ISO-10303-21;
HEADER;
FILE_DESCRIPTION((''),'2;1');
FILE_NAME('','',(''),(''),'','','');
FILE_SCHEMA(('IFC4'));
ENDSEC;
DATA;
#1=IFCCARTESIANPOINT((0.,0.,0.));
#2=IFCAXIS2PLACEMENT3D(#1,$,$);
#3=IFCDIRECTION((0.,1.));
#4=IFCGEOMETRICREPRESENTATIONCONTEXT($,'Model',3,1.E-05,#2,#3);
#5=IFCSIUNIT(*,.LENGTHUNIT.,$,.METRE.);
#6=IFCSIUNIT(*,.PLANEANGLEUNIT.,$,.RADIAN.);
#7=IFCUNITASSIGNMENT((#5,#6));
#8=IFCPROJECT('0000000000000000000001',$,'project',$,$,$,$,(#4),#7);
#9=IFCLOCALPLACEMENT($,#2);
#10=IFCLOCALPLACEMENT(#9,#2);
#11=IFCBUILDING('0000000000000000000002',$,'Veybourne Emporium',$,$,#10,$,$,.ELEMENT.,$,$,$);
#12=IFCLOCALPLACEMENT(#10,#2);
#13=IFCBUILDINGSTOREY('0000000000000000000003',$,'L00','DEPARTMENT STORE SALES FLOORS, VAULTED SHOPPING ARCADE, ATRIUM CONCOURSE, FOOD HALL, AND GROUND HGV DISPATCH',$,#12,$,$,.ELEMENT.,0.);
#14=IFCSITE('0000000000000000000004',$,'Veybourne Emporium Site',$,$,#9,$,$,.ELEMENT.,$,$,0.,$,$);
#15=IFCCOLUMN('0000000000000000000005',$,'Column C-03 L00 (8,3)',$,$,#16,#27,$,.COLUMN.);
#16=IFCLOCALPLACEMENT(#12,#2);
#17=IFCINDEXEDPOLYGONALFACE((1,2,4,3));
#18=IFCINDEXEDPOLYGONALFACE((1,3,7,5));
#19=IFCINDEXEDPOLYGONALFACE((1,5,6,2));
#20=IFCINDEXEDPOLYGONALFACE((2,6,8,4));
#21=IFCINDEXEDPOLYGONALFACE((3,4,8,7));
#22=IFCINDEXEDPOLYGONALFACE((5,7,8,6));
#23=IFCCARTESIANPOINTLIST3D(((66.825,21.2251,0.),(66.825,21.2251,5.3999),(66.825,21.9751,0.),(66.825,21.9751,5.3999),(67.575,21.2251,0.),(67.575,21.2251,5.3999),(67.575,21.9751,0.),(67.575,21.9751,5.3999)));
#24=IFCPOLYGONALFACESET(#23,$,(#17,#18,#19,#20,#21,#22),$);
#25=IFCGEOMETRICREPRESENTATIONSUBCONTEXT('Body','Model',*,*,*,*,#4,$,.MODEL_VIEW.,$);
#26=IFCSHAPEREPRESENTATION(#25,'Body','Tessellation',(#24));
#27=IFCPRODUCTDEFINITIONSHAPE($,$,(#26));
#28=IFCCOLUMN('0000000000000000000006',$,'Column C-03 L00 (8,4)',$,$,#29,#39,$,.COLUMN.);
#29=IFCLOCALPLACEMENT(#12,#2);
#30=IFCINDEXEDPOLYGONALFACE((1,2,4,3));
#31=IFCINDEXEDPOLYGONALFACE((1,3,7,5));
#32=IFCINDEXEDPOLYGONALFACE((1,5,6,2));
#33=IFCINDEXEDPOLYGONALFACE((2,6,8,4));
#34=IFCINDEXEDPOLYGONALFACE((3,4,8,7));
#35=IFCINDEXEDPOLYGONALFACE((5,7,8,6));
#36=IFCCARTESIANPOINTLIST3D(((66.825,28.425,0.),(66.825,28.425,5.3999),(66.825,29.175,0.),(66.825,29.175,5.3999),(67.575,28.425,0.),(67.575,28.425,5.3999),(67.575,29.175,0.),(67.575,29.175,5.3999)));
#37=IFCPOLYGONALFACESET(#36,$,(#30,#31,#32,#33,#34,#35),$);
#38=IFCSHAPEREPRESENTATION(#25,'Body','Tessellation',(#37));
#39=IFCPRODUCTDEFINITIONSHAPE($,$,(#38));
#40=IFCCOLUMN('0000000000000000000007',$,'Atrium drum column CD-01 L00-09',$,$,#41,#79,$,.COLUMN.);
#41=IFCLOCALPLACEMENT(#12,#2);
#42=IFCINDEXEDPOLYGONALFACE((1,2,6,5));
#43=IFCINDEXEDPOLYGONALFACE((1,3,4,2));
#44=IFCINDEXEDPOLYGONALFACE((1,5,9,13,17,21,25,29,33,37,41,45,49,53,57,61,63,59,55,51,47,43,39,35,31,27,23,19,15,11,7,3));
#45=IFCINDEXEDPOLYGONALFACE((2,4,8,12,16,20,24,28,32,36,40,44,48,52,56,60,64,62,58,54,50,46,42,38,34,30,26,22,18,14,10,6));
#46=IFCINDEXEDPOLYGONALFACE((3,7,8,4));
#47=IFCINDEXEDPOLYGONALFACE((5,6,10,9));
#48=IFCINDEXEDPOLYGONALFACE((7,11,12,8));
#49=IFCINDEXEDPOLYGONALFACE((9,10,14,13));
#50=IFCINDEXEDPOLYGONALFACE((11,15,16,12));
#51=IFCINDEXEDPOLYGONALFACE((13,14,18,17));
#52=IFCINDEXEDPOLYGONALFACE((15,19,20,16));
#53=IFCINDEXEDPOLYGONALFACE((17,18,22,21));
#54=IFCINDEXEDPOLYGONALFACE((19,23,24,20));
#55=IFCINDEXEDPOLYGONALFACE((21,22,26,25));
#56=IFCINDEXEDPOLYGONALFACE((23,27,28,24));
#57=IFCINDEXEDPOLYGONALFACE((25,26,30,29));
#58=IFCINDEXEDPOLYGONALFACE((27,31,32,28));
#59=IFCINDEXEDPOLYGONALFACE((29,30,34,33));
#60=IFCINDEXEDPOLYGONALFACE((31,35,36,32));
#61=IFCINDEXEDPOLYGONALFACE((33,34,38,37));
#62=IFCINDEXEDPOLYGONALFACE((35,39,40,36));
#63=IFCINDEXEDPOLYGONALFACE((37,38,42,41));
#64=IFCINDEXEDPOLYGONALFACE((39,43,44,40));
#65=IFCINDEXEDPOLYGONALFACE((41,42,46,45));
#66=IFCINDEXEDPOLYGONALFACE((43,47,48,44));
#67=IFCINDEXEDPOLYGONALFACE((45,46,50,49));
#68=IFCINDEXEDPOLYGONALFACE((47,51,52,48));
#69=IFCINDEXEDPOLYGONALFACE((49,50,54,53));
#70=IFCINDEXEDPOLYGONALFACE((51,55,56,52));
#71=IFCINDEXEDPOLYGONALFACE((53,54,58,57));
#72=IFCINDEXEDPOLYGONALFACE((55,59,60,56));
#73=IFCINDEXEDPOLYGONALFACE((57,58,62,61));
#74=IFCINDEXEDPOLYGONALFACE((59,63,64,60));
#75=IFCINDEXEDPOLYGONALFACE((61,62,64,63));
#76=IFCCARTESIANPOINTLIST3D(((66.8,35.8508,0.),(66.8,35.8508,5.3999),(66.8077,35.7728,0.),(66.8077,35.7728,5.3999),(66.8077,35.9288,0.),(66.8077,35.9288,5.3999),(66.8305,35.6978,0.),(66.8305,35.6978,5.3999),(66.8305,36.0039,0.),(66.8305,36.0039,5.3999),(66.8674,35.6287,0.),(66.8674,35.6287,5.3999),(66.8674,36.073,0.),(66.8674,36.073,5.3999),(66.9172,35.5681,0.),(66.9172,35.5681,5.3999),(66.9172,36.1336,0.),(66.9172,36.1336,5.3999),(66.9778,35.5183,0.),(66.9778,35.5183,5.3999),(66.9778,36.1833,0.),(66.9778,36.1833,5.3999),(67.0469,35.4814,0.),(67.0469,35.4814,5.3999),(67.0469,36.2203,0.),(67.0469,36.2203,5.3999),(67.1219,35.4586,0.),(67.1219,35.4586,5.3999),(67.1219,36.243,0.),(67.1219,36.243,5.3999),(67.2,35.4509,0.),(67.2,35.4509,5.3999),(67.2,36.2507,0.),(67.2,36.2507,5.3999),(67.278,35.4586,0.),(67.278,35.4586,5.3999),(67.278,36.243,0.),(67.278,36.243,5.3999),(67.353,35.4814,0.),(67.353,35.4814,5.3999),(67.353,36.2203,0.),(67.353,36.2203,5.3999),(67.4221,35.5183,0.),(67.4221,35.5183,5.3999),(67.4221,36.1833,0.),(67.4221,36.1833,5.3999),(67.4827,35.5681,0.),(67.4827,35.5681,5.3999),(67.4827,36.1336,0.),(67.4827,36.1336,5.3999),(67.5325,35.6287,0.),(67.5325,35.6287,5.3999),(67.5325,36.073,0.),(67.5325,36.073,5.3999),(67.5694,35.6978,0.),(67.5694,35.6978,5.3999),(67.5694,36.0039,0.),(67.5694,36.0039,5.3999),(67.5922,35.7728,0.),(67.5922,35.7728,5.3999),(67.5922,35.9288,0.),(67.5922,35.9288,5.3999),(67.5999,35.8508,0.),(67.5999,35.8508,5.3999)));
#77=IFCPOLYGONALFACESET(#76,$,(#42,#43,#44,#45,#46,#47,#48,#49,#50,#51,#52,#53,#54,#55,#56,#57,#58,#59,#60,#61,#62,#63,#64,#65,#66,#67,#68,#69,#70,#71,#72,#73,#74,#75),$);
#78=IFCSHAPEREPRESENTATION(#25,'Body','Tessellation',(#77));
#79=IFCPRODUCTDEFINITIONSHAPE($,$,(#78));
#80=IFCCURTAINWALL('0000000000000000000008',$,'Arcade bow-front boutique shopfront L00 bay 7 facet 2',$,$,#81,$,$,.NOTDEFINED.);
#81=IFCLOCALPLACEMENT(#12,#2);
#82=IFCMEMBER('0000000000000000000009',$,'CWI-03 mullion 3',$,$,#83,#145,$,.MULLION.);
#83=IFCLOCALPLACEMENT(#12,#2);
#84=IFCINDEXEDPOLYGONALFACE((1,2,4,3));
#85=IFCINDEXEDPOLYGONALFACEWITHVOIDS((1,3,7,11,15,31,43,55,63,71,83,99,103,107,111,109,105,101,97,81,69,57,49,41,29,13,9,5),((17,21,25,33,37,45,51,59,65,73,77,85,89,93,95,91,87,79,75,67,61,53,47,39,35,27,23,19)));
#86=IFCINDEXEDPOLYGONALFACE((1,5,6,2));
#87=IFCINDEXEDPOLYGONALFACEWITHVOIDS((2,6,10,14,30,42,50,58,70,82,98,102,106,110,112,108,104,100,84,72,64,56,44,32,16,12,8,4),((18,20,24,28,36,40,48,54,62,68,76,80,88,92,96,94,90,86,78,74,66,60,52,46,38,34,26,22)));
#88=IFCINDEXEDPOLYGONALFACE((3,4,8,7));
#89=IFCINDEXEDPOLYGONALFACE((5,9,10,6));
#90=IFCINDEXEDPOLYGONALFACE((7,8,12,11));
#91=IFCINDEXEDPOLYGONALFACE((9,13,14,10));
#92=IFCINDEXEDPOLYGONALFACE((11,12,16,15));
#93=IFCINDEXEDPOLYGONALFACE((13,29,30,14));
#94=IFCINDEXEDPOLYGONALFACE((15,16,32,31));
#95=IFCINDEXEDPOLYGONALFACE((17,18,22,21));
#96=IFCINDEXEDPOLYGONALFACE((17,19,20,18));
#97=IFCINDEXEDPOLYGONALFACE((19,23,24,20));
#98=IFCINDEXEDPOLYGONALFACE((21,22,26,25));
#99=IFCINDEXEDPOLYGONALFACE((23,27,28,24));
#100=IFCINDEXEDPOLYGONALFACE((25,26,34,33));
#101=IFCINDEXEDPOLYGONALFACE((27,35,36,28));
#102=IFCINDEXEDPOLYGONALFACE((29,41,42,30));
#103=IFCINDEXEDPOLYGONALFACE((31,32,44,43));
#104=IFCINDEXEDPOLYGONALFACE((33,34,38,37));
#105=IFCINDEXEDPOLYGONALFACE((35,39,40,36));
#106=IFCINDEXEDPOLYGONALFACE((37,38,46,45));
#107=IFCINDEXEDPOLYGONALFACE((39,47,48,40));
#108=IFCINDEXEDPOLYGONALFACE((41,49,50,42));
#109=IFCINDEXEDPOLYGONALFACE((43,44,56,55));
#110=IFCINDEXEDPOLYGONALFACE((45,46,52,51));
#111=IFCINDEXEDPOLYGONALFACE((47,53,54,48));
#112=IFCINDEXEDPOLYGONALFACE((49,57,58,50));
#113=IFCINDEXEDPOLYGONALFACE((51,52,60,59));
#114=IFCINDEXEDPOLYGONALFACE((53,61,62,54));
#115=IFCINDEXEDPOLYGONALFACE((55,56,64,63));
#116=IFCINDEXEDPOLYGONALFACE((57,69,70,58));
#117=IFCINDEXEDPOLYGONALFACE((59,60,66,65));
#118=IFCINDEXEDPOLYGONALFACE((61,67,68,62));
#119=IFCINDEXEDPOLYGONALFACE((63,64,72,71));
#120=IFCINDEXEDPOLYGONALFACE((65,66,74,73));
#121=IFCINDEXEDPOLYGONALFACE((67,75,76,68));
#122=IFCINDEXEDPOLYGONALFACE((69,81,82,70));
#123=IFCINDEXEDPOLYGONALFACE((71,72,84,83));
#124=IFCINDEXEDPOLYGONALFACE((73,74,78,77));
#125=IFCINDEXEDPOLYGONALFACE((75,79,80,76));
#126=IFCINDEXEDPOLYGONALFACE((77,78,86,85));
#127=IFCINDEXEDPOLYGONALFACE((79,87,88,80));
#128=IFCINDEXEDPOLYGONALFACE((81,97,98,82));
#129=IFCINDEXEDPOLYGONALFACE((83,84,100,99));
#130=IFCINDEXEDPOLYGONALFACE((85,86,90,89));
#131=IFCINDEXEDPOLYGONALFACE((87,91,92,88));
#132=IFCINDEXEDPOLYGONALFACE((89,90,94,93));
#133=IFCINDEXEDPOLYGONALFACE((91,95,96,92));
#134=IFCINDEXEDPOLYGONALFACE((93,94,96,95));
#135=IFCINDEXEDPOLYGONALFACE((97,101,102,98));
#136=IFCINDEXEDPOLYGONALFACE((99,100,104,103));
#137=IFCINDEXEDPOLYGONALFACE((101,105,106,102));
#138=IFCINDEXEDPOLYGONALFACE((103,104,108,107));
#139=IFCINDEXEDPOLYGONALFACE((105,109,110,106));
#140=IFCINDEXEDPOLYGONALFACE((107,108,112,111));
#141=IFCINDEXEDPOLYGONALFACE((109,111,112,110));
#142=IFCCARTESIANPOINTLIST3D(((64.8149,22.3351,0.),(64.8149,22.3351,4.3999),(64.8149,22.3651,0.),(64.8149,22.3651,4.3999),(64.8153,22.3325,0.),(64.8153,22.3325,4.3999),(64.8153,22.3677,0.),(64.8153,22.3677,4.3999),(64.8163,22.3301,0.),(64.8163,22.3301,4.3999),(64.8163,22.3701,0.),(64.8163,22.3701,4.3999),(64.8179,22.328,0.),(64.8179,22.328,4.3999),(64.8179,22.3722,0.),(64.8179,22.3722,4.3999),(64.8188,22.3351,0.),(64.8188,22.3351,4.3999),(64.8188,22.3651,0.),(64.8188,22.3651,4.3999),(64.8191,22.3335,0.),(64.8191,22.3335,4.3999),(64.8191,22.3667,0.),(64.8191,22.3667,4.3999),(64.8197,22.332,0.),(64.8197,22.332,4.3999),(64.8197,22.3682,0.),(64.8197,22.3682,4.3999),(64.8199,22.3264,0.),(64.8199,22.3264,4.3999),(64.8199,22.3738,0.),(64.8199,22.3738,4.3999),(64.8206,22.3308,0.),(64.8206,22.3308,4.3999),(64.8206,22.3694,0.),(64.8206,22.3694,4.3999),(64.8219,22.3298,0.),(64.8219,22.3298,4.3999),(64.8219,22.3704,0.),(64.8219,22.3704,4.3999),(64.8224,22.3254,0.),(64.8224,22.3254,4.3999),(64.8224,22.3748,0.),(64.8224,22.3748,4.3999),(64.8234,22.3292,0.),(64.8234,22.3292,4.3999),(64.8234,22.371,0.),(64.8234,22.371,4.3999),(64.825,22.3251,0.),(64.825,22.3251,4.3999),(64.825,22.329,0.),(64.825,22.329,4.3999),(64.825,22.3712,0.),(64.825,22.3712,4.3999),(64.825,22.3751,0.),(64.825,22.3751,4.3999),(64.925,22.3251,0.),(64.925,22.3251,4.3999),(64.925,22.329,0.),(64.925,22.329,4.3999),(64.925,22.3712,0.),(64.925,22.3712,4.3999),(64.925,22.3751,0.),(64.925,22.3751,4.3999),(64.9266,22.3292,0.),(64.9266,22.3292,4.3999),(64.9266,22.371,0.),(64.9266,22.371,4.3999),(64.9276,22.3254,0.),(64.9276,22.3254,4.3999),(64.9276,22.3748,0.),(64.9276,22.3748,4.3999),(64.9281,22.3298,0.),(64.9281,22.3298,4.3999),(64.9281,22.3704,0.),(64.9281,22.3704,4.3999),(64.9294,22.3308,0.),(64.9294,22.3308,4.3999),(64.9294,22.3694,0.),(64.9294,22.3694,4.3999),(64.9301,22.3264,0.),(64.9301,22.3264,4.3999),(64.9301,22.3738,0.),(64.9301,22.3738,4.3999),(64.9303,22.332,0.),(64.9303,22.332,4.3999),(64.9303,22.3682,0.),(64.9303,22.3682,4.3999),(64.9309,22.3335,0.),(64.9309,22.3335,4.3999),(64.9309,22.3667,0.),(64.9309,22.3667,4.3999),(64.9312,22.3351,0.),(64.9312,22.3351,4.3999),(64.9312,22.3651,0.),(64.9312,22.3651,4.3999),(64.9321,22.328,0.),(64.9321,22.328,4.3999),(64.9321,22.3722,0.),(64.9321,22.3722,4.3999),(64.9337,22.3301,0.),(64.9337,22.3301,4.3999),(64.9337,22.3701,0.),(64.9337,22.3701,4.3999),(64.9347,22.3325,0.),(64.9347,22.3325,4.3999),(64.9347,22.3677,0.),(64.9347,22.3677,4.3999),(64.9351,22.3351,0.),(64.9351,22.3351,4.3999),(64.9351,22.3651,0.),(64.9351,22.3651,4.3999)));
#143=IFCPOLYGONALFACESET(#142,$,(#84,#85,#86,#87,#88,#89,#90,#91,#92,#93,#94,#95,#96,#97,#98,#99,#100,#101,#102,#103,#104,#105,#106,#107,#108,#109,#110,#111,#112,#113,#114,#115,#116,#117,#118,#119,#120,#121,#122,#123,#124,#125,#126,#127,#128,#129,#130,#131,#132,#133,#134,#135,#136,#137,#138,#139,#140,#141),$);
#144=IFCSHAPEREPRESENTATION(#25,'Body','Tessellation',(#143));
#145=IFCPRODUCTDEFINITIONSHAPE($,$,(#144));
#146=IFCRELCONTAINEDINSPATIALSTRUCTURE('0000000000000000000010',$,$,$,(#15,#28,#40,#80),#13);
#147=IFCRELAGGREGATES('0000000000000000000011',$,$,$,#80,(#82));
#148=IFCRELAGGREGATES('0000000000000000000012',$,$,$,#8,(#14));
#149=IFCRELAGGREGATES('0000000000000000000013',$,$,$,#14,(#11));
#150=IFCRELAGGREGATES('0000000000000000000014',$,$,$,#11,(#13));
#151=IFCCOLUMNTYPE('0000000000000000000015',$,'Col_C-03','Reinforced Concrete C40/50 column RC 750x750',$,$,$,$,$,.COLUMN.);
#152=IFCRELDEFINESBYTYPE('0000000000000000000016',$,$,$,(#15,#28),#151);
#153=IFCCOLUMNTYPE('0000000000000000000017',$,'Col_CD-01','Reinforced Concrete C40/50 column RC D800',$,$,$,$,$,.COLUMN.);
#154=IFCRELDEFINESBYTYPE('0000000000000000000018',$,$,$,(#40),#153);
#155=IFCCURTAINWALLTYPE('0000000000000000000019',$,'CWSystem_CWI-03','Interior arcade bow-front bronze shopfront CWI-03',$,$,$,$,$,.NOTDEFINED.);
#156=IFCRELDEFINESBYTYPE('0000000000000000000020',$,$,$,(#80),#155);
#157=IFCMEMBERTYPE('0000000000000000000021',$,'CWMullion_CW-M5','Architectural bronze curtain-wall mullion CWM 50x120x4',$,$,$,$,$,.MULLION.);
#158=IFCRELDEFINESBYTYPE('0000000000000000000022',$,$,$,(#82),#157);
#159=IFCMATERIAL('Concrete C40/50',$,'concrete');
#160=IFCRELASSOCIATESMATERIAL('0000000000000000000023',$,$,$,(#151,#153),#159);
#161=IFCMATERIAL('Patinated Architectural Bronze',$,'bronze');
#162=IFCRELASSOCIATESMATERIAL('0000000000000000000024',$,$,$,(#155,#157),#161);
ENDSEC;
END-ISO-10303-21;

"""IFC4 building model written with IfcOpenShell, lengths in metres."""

from ifc_helpers import new_model, si_unit, direction, frame, origin, origin_2d, place, context, subcontext, project, spatial, rectangle, hollow_rectangle, circle, extrude, material, material_profile, profile_set, type_object, element, aggregate, save


model = new_model("IFC4")

# Units and contexts
model_context = context("Model", 3, precision=1e-05, world=origin(), true_north=direction((0.0, 1.0)))
body_context = subcontext(model_context, "Body", "Model", "MODEL_VIEW")
ifc_project = project(units=[si_unit("LENGTHUNIT", "METRE"), si_unit("PLANEANGLEUNIT", "RADIAN")], contexts=[model_context])

# Site, building, storey
site_placement = place(None, origin())
site = spatial("IfcSite", under=ifc_project, at=site_placement, Name="Veybourne Emporium Site", CompositionType="ELEMENT", RefElevation=0.0)
building_placement = place(site_placement, origin())
building = spatial("IfcBuilding", under=site, at=building_placement, Name="Veybourne Emporium", CompositionType="ELEMENT")
storey_placement = place(building_placement, origin())
storey = spatial("IfcBuildingStorey", under=building, at=storey_placement, Name="L00", Description="DEPARTMENT STORE SALES FLOORS, VAULTED SHOPPING ARCADE, ATRIUM CONCOURSE, FOOD HALL, AND GROUND HGV DISPATCH", CompositionType="ELEMENT", Elevation=0.0)

# Columns
ifc_material_1 = material(Name="Concrete C40/50", Category="concrete")
ifc_material_profile_1 = material_profile(ifc_material_1, rectangle(XDim=0.75, YDim=0.75, at=origin_2d()), Name="RC 750x750")
ifc_profile_set_1 = profile_set([ifc_material_profile_1], Name="Concrete C40/50")
column_type_1 = type_object("IfcColumnType", Name="Col_C-03", Description="Reinforced Concrete C40/50 column RC 750x750", PredefinedType="COLUMN", material=ifc_profile_set_1)
for number, where, z_axis, x_axis, name in (
    (1, (67.2, 21.6001, 0.0), (0.0, 0.0, 1.0), (1.0, 0.0, 0.0), "Column C-03 L00 (8,3)"),
    (2, (67.2, 28.8, 0.0), (0.0, 0.0, 1.0), (1.0, 0.0, 0.0), "Column C-03 L00 (8,4)"),
):
    element("IfcColumn", number, at=place(storey_placement, frame(where, z_axis=z_axis, x_axis=x_axis)), inside=storey, type_object=column_type_1, Name=name, PredefinedType="COLUMN", context=body_context, shape_type="SweptSolid", body=[
        extrude(rectangle(XDim=0.75, YDim=0.75, at=origin_2d()), origin(), (0.0, 0.0, 1.0), 5.3999),
    ])
ifc_material_profile_2 = material_profile(ifc_material_1, circle(Radius=0.3999, at=origin_2d()), Name="RC D800")
ifc_profile_set_2 = profile_set([ifc_material_profile_2], Name="Concrete C40/50")
column_type_2 = type_object("IfcColumnType", Name="Col_CD-01", Description="Reinforced Concrete C40/50 column RC D800", PredefinedType="COLUMN", material=ifc_profile_set_2)
column_placement = place(storey_placement, frame((67.2, 35.8508, 0.0), z_axis=(0.0, 0.0, 1.0), x_axis=(1.0, 0.0, 0.0)))
element("IfcColumn", 3, at=column_placement, inside=storey, type_object=column_type_2, Name="Atrium drum column CD-01 L00-09", PredefinedType="COLUMN", context=body_context, shape_type="SweptSolid", body=[
    extrude(circle(Radius=0.3999, at=origin_2d()), origin(), (0.0, 0.0, 1.0), 5.3999),
])

# Curtain wall, member
ifc_material_2 = material(Name="Patinated Architectural Bronze", Category="bronze")
curtain_wall_type_1 = type_object("IfcCurtainWallType", Name="CWSystem_CWI-03", Description="Interior arcade bow-front bronze shopfront CWI-03", PredefinedType="NOTDEFINED", material=ifc_material_2)
curtain_wall_1_placement = place(storey_placement, origin())
curtain_wall_1 = element("IfcCurtainWall", 4, at=curtain_wall_1_placement, inside=storey, type_object=curtain_wall_type_1, Name="Arcade bow-front boutique shopfront L00 bay 7 facet 2", PredefinedType="NOTDEFINED")
ifc_material_profile_3 = material_profile(ifc_material_2, hollow_rectangle(XDim=0.05, YDim=0.1201, WallThickness=0.0039, InnerFilletRadius=0.0061, OuterFilletRadius=0.01, at=origin_2d()), Name="CWM 50x120x4")
ifc_profile_set_3 = profile_set([ifc_material_profile_3], Name="Patinated Architectural Bronze")
member_type_1 = type_object("IfcMemberType", Name="CWMullion_CW-M5", Description="Architectural bronze curtain-wall mullion CWM 50x120x4", PredefinedType="MULLION", material=ifc_profile_set_3)
member_1_placement = place(storey_placement, frame((64.875, 22.3501, 0.0), z_axis=(0.0, 0.0, 1.0), x_axis=(0.0, 1.0, 0.0)))
member_1 = element("IfcMember", 5, at=member_1_placement, type_object=member_type_1, Name="CWI-03 mullion 3", PredefinedType="MULLION", context=body_context, shape_type="SweptSolid", body=[
    extrude(hollow_rectangle(XDim=0.05, YDim=0.1201, WallThickness=0.0039, InnerFilletRadius=0.0061, OuterFilletRadius=0.01, at=origin_2d()), origin(), (0.0, 0.0, 1.0), 4.3999),
])

aggregate(curtain_wall_1, [member_1])

save(model, "model.ifc")
